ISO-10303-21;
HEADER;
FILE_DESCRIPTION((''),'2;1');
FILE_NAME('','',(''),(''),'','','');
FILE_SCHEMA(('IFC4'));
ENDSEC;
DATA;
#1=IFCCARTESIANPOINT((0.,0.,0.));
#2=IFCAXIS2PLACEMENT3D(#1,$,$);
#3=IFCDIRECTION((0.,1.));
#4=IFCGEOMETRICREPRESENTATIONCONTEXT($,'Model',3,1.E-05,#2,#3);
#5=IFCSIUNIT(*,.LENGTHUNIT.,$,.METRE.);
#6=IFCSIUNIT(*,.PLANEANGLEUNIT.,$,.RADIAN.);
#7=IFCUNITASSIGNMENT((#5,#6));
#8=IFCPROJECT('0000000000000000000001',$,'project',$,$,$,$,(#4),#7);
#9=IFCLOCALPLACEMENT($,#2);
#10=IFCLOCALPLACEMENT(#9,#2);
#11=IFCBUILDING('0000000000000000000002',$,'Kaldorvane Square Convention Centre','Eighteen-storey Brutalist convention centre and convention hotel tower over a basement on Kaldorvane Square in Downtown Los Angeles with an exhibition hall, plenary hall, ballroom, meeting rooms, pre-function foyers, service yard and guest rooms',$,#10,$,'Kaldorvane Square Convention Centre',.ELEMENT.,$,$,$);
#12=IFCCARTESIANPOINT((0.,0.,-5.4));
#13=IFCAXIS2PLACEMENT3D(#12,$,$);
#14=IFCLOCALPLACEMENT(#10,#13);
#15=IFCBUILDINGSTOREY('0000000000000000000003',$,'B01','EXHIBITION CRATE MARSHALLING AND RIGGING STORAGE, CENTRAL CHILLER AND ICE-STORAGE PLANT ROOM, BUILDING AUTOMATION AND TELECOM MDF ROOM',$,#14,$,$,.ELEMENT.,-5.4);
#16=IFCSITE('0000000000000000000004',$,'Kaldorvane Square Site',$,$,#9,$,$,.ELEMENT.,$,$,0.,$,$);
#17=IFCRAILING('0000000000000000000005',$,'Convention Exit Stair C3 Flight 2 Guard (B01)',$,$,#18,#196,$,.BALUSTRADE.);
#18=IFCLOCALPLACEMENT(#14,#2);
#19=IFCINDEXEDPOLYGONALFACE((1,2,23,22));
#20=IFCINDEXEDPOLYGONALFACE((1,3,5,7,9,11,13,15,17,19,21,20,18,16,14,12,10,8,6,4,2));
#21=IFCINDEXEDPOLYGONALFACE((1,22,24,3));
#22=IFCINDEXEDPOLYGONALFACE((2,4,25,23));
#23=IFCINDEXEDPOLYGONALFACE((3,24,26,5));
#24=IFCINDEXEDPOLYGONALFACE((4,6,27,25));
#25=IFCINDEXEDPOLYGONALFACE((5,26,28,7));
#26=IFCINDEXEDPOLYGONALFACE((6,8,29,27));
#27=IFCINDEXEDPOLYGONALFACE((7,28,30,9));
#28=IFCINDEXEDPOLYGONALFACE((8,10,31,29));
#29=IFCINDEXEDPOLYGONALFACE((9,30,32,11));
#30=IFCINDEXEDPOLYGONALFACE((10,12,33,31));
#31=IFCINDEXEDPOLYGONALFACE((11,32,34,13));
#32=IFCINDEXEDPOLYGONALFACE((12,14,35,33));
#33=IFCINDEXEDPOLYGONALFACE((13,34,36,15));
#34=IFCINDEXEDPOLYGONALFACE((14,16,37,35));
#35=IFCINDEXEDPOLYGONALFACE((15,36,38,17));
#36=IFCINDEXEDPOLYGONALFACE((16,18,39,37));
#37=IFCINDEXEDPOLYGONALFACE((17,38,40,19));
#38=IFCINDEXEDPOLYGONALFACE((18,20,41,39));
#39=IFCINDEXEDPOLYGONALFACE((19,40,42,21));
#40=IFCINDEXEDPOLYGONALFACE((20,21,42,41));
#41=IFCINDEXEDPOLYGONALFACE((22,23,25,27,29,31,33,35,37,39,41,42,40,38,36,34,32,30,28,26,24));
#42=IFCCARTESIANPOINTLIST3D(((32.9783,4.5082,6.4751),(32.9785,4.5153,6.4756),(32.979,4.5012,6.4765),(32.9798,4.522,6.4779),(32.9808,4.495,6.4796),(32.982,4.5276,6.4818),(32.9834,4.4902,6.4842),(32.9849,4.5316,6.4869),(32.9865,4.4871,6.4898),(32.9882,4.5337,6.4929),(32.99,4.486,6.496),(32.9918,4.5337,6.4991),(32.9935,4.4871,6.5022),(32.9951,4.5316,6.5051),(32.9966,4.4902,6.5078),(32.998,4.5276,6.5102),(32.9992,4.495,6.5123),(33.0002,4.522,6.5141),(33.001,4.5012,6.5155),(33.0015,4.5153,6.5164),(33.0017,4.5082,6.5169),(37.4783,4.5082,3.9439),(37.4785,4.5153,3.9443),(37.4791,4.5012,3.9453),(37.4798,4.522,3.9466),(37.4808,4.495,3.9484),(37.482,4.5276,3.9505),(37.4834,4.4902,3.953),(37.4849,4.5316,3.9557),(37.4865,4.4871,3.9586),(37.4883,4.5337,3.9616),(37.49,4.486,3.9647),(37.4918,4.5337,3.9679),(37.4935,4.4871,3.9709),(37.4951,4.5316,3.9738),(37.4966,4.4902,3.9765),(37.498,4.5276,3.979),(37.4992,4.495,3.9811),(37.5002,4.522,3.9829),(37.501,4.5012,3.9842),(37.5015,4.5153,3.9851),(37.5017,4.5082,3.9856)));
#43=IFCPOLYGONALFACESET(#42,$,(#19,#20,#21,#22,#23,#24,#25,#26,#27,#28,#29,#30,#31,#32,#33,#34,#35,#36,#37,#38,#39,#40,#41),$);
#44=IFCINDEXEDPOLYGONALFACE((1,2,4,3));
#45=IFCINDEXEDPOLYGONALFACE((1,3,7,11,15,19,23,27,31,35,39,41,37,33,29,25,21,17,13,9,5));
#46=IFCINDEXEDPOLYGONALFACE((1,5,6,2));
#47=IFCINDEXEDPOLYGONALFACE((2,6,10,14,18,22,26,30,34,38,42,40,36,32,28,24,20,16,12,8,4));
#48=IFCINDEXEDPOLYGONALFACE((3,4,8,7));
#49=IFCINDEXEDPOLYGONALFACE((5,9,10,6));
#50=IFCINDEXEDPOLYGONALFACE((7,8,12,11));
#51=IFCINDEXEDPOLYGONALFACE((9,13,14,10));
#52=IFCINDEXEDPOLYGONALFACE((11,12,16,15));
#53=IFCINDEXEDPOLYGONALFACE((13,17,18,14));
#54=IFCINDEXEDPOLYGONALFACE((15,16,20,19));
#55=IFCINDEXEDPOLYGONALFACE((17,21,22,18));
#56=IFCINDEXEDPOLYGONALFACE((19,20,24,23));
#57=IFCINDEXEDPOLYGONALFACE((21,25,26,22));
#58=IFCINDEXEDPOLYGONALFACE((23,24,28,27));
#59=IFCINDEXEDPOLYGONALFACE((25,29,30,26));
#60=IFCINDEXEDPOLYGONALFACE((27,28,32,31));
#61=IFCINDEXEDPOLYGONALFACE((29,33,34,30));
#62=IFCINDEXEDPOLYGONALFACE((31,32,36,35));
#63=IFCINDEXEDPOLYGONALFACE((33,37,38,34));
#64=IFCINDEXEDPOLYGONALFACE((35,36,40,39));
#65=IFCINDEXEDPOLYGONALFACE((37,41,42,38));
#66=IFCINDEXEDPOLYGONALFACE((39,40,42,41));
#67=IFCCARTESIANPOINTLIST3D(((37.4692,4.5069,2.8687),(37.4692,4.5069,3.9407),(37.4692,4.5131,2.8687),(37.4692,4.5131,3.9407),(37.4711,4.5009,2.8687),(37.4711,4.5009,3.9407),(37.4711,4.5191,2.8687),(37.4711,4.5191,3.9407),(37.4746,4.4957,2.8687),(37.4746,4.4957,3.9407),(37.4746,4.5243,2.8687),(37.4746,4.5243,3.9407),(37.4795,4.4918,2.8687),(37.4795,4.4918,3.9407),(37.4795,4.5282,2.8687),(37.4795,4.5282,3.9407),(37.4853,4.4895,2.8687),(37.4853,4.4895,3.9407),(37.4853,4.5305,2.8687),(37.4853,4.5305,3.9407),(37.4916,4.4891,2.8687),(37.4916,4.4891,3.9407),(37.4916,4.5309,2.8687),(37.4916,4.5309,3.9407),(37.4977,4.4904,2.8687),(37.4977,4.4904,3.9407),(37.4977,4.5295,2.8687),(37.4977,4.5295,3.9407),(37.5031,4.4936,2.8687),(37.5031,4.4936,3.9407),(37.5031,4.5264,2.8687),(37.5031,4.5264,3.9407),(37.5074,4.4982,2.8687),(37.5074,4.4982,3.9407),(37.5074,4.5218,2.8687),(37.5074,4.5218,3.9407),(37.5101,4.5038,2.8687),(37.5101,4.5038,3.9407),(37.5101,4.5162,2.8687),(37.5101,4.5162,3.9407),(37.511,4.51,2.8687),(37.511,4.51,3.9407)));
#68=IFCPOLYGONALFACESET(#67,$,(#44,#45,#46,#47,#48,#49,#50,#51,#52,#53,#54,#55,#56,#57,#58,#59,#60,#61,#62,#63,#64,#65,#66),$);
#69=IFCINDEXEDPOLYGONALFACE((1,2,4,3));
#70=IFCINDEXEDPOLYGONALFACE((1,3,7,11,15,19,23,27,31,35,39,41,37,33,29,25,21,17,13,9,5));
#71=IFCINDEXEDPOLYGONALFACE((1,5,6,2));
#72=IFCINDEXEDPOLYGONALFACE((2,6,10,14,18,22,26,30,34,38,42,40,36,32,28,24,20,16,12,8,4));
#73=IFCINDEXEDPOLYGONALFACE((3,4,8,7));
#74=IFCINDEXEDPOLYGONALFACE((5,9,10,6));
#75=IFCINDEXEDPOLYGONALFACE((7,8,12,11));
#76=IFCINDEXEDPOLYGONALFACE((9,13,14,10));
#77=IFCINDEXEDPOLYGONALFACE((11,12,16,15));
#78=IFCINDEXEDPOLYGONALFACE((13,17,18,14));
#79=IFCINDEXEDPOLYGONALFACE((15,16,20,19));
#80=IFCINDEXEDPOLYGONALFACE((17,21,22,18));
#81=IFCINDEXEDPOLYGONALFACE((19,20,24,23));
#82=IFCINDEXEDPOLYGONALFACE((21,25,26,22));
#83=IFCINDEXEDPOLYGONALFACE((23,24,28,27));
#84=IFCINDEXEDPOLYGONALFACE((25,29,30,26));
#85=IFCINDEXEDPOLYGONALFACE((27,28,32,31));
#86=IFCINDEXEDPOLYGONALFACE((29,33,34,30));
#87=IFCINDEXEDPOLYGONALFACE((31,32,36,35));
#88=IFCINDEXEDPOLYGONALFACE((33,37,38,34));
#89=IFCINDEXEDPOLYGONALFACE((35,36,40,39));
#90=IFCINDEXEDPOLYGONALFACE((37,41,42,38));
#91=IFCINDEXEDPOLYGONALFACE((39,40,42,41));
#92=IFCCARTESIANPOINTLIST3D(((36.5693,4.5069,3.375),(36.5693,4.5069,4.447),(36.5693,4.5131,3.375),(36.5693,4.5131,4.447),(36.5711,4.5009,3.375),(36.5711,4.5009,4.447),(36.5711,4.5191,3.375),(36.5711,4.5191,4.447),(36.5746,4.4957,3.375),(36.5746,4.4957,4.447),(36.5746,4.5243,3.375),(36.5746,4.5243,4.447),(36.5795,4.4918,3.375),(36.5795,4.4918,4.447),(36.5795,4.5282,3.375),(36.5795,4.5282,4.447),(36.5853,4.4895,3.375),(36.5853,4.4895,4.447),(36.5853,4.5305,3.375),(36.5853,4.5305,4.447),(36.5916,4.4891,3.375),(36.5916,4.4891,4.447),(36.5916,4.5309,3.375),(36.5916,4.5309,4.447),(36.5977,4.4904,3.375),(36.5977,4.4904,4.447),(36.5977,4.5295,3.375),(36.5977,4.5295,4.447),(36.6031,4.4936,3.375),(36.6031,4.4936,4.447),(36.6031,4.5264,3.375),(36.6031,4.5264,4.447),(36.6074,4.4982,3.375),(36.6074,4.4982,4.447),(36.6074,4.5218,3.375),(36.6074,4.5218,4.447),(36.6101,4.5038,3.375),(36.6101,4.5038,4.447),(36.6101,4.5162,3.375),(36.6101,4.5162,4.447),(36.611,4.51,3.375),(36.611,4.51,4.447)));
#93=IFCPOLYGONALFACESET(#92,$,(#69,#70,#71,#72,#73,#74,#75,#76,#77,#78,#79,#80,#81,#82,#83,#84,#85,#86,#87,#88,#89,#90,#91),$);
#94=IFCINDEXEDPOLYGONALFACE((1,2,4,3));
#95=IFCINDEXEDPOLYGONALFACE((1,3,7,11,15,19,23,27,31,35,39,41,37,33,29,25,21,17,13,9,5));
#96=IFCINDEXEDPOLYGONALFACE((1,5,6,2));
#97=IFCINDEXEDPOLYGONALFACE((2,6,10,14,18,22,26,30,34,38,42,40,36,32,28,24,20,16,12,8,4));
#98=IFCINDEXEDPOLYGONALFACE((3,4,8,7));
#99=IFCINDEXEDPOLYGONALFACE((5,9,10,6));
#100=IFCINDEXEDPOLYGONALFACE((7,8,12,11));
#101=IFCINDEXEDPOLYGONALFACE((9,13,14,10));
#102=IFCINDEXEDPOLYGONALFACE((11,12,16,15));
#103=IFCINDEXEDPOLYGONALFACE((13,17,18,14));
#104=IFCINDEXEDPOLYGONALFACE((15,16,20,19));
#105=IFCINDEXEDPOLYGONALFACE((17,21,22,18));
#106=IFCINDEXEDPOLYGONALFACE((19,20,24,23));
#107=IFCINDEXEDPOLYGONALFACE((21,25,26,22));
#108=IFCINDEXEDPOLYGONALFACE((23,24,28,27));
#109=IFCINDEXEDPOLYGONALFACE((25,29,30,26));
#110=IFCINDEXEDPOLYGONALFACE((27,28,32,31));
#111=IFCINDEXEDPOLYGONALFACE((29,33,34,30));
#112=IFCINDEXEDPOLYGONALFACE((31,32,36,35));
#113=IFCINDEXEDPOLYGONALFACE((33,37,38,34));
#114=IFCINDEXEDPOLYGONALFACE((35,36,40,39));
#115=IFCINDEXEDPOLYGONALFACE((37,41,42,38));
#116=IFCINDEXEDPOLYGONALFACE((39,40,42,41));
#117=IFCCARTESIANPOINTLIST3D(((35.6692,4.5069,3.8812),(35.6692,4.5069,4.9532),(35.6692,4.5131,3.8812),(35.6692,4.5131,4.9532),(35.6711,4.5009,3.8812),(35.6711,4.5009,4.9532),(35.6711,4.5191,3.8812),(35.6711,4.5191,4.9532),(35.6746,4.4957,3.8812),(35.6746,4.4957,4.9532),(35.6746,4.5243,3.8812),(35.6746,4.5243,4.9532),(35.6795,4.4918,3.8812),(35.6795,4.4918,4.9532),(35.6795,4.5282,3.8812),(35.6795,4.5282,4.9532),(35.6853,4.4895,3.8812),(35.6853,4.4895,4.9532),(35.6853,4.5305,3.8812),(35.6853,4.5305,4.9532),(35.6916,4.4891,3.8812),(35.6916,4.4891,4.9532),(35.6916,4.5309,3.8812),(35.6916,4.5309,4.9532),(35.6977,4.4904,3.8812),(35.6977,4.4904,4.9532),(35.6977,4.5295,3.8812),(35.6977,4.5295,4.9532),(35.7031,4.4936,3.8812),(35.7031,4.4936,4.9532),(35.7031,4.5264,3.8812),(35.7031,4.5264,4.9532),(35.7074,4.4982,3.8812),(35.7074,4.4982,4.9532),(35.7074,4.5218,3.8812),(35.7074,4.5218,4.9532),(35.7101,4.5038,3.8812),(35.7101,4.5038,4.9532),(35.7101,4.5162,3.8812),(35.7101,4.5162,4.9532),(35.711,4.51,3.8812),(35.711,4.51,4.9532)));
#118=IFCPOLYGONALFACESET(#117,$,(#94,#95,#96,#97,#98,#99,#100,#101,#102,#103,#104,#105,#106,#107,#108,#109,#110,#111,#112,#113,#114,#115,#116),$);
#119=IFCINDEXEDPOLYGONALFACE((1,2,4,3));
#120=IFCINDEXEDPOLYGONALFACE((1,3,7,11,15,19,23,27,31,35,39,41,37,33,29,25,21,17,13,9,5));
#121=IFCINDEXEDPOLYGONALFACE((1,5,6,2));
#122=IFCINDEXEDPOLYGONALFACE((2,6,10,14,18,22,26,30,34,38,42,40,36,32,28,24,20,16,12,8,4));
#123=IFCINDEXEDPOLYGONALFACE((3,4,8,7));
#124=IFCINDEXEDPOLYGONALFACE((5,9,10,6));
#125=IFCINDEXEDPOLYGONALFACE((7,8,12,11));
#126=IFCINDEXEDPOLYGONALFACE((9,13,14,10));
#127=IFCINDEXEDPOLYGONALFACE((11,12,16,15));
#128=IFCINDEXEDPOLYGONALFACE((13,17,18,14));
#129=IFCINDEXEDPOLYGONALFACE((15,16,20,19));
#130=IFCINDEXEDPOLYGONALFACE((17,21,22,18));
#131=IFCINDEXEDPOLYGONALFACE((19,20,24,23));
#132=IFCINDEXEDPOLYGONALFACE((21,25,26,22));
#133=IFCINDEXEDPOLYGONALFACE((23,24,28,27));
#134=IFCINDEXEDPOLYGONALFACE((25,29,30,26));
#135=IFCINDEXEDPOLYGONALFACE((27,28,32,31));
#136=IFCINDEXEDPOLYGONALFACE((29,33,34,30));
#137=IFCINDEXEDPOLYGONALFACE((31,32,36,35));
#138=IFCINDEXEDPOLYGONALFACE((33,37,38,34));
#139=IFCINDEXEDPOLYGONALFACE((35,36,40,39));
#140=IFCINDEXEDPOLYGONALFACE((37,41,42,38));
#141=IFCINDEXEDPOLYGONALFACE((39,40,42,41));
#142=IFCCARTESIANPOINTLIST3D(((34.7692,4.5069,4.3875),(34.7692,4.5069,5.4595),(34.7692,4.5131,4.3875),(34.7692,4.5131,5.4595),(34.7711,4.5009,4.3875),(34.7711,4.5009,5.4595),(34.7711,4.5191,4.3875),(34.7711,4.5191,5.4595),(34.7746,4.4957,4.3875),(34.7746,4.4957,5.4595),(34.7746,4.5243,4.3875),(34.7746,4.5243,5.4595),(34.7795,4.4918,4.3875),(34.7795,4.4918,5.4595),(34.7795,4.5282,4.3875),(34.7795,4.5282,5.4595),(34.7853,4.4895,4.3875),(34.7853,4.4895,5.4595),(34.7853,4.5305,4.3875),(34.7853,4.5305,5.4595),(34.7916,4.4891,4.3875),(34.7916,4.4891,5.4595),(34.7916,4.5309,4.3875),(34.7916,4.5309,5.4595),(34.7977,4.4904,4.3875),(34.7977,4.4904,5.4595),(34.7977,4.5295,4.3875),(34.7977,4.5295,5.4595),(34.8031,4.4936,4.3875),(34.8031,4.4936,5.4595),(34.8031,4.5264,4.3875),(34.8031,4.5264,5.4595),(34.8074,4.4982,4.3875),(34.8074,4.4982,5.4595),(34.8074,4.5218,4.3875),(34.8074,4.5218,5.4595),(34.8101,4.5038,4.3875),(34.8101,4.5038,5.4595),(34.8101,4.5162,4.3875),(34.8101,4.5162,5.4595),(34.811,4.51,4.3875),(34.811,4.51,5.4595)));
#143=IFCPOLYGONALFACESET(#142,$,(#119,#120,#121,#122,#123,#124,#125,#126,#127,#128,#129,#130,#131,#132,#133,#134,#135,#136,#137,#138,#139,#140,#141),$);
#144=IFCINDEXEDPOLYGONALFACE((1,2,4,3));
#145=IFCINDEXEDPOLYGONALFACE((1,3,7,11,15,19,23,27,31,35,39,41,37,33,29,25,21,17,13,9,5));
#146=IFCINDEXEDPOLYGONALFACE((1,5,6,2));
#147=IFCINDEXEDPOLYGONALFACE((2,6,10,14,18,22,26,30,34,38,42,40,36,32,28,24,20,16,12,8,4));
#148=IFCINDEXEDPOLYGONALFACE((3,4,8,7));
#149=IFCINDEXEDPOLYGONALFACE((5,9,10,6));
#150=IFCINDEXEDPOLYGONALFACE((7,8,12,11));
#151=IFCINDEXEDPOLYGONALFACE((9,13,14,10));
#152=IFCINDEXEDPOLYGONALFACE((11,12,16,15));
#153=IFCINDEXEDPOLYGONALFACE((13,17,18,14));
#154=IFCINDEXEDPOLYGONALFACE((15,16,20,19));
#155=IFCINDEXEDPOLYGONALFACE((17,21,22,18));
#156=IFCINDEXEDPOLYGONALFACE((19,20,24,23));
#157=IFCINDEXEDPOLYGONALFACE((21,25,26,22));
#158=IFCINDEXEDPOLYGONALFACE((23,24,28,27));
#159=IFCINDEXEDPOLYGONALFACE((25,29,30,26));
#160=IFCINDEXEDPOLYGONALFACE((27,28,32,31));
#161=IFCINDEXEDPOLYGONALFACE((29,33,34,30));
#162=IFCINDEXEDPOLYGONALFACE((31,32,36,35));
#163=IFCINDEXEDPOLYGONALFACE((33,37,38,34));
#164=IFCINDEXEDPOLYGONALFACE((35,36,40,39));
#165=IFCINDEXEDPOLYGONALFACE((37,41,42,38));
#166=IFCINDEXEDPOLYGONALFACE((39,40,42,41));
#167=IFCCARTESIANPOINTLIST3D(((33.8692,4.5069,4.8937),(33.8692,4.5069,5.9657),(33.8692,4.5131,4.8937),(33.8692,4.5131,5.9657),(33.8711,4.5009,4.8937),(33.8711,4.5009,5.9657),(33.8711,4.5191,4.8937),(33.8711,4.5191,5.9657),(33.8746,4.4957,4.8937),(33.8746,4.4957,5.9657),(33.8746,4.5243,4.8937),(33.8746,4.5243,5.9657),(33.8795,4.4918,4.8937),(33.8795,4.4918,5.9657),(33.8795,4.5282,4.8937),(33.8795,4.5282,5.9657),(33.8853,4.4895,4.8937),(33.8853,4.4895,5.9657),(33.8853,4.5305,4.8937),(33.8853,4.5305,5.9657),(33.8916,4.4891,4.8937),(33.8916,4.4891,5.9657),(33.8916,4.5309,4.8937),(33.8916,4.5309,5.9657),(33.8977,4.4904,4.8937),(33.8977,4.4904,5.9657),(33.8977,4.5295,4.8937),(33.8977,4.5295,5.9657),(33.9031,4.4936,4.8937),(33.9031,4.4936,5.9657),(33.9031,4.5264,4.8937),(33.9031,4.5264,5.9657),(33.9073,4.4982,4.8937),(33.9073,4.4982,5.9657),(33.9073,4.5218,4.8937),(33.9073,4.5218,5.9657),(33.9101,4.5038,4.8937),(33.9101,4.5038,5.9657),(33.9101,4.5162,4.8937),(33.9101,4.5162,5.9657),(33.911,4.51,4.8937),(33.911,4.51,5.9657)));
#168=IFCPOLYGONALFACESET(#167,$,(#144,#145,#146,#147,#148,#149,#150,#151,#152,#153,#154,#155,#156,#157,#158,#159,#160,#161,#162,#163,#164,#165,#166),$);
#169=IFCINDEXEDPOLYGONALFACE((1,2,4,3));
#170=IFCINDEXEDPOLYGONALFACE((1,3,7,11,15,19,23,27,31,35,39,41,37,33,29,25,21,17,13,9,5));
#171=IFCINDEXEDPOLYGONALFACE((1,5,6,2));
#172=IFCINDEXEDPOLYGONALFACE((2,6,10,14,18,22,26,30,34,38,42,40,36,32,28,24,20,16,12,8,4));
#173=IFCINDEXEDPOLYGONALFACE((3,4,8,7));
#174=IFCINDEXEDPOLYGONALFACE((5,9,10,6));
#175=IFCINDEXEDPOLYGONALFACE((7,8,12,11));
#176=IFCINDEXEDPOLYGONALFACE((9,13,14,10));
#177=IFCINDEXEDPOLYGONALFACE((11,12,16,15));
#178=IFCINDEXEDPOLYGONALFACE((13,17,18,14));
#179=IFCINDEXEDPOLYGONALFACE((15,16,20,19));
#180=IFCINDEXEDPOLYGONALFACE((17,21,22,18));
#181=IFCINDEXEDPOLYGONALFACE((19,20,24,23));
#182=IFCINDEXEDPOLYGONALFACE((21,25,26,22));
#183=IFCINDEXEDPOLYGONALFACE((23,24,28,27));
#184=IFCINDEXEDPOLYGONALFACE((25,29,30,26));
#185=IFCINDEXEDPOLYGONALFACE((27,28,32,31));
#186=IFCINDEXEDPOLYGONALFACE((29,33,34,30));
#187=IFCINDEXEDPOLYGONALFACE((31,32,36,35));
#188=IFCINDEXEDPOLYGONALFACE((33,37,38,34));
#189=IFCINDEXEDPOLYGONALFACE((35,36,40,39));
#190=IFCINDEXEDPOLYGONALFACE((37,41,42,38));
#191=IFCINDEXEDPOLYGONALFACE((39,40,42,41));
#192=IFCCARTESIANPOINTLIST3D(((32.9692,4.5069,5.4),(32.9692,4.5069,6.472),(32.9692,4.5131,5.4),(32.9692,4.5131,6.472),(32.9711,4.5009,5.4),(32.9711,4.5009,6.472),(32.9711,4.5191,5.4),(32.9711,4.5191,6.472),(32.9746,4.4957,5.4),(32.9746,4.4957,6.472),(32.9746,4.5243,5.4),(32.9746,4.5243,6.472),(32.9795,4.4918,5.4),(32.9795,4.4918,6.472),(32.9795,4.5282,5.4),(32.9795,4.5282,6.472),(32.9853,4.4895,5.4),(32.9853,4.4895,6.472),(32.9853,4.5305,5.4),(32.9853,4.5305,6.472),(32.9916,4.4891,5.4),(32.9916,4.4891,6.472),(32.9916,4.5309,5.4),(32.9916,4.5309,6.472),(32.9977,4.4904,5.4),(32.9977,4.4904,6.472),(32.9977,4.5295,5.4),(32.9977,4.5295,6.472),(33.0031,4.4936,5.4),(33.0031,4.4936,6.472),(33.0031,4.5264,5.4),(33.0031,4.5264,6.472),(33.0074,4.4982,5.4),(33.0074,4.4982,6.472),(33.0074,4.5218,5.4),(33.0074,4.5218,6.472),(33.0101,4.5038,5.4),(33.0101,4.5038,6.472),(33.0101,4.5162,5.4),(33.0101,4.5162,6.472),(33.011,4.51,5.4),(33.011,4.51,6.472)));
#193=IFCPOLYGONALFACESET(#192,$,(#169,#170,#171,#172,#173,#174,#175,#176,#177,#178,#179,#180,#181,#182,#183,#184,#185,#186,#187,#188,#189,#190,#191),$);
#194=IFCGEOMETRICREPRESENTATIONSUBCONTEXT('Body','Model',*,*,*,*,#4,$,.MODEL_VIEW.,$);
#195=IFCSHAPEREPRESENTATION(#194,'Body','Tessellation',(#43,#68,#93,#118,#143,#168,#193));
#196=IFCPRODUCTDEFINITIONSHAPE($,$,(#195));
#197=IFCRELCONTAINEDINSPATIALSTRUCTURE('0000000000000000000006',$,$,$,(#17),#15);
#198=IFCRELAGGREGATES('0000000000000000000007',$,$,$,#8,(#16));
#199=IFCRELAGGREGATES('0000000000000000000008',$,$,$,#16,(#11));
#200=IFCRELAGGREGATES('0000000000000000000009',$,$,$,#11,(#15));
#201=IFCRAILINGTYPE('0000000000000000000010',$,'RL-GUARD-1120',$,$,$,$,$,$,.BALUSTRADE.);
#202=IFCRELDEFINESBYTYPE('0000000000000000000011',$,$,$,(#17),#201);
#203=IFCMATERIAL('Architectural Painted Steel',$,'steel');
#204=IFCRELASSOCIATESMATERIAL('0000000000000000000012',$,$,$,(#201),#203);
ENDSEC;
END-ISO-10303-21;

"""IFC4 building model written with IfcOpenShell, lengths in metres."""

from ifc_helpers import new_model, si_unit, direction, frame, origin, origin_2d, place, context, subcontext, project, spatial, circle, extrude, material, type_object, element, save


model = new_model("IFC4")

# Units and contexts
model_context = context("Model", 3, precision=1e-05, world=origin(), true_north=direction((0.0, 1.0)))
body_context = subcontext(model_context, "Body", "Model", "MODEL_VIEW")
ifc_project = project(units=[si_unit("LENGTHUNIT", "METRE"), si_unit("PLANEANGLEUNIT", "RADIAN")], contexts=[model_context])

# Site, building, storey
site_placement = place(None, origin())
site = spatial("IfcSite", under=ifc_project, at=site_placement, Name="Kaldorvane Square Site", CompositionType="ELEMENT", RefElevation=0.0)
building_placement = place(site_placement, origin())
building = spatial("IfcBuilding", under=site, at=building_placement, Name="Kaldorvane Square Convention Centre", Description="Eighteen-storey Brutalist convention centre and convention hotel tower over a basement on Kaldorvane Square in Downtown Los Angeles with an exhibition hall, plenary hall, ballroom, meeting rooms, pre-function foyers, service yard and guest rooms", LongName="Kaldorvane Square Convention Centre", CompositionType="ELEMENT")
storey_placement = place(building_placement, frame((0.0, 0.0, -5.4)))
storey = spatial("IfcBuildingStorey", under=building, at=storey_placement, Name="B01", Description="EXHIBITION CRATE MARSHALLING AND RIGGING STORAGE, CENTRAL CHILLER AND ICE-STORAGE PLANT ROOM, BUILDING AUTOMATION AND TELECOM MDF ROOM", CompositionType="ELEMENT", Elevation=-5.4)

# Railing
ifc_material_1 = material(Name="Architectural Painted Steel", Category="steel")
railing_type_1 = type_object("IfcRailingType", Name="RL-GUARD-1120", PredefinedType="BALUSTRADE", material=ifc_material_1)
railing_1_placement = place(storey_placement, frame((37.49, 4.51, 2.8687)))
element("IfcRailing", 1, at=railing_1_placement, inside=storey, type_object=railing_type_1, Name="Convention Exit Stair C3 Flight 2 Guard (B01)", PredefinedType="BALUSTRADE", context=body_context, shape_type="SweptSolid", body=[
    extrude(circle(Radius=0.024, at=origin_2d()), frame((0.0, 0.0, 1.096), z_axis=(-0.871576, 0.0, 0.490261), x_axis=(0.0, -1.0, 0.0)), (0.0, 0.0, 1.0), 5.1631),
    extrude(circle(Radius=0.021, at=origin_2d()), origin(), (0.0, 0.0, 1.0), 1.072),
    extrude(circle(Radius=0.021, at=origin_2d()), frame((-0.9, 0.0, 0.5063)), (0.0, 0.0, 1.0), 1.072),
    extrude(circle(Radius=0.021, at=origin_2d()), frame((-1.8, 0.0, 1.0125)), (0.0, 0.0, 1.0), 1.072),
    extrude(circle(Radius=0.021, at=origin_2d()), frame((-2.7, 0.0, 1.5188)), (0.0, 0.0, 1.0), 1.072),
    extrude(circle(Radius=0.021, at=origin_2d()), frame((-3.6, 0.0, 2.025)), (0.0, 0.0, 1.0), 1.072),
    extrude(circle(Radius=0.021, at=origin_2d()), frame((-4.5, 0.0, 2.5312)), (0.0, 0.0, 1.0), 1.072),
])

save(model, "model.ifc")
